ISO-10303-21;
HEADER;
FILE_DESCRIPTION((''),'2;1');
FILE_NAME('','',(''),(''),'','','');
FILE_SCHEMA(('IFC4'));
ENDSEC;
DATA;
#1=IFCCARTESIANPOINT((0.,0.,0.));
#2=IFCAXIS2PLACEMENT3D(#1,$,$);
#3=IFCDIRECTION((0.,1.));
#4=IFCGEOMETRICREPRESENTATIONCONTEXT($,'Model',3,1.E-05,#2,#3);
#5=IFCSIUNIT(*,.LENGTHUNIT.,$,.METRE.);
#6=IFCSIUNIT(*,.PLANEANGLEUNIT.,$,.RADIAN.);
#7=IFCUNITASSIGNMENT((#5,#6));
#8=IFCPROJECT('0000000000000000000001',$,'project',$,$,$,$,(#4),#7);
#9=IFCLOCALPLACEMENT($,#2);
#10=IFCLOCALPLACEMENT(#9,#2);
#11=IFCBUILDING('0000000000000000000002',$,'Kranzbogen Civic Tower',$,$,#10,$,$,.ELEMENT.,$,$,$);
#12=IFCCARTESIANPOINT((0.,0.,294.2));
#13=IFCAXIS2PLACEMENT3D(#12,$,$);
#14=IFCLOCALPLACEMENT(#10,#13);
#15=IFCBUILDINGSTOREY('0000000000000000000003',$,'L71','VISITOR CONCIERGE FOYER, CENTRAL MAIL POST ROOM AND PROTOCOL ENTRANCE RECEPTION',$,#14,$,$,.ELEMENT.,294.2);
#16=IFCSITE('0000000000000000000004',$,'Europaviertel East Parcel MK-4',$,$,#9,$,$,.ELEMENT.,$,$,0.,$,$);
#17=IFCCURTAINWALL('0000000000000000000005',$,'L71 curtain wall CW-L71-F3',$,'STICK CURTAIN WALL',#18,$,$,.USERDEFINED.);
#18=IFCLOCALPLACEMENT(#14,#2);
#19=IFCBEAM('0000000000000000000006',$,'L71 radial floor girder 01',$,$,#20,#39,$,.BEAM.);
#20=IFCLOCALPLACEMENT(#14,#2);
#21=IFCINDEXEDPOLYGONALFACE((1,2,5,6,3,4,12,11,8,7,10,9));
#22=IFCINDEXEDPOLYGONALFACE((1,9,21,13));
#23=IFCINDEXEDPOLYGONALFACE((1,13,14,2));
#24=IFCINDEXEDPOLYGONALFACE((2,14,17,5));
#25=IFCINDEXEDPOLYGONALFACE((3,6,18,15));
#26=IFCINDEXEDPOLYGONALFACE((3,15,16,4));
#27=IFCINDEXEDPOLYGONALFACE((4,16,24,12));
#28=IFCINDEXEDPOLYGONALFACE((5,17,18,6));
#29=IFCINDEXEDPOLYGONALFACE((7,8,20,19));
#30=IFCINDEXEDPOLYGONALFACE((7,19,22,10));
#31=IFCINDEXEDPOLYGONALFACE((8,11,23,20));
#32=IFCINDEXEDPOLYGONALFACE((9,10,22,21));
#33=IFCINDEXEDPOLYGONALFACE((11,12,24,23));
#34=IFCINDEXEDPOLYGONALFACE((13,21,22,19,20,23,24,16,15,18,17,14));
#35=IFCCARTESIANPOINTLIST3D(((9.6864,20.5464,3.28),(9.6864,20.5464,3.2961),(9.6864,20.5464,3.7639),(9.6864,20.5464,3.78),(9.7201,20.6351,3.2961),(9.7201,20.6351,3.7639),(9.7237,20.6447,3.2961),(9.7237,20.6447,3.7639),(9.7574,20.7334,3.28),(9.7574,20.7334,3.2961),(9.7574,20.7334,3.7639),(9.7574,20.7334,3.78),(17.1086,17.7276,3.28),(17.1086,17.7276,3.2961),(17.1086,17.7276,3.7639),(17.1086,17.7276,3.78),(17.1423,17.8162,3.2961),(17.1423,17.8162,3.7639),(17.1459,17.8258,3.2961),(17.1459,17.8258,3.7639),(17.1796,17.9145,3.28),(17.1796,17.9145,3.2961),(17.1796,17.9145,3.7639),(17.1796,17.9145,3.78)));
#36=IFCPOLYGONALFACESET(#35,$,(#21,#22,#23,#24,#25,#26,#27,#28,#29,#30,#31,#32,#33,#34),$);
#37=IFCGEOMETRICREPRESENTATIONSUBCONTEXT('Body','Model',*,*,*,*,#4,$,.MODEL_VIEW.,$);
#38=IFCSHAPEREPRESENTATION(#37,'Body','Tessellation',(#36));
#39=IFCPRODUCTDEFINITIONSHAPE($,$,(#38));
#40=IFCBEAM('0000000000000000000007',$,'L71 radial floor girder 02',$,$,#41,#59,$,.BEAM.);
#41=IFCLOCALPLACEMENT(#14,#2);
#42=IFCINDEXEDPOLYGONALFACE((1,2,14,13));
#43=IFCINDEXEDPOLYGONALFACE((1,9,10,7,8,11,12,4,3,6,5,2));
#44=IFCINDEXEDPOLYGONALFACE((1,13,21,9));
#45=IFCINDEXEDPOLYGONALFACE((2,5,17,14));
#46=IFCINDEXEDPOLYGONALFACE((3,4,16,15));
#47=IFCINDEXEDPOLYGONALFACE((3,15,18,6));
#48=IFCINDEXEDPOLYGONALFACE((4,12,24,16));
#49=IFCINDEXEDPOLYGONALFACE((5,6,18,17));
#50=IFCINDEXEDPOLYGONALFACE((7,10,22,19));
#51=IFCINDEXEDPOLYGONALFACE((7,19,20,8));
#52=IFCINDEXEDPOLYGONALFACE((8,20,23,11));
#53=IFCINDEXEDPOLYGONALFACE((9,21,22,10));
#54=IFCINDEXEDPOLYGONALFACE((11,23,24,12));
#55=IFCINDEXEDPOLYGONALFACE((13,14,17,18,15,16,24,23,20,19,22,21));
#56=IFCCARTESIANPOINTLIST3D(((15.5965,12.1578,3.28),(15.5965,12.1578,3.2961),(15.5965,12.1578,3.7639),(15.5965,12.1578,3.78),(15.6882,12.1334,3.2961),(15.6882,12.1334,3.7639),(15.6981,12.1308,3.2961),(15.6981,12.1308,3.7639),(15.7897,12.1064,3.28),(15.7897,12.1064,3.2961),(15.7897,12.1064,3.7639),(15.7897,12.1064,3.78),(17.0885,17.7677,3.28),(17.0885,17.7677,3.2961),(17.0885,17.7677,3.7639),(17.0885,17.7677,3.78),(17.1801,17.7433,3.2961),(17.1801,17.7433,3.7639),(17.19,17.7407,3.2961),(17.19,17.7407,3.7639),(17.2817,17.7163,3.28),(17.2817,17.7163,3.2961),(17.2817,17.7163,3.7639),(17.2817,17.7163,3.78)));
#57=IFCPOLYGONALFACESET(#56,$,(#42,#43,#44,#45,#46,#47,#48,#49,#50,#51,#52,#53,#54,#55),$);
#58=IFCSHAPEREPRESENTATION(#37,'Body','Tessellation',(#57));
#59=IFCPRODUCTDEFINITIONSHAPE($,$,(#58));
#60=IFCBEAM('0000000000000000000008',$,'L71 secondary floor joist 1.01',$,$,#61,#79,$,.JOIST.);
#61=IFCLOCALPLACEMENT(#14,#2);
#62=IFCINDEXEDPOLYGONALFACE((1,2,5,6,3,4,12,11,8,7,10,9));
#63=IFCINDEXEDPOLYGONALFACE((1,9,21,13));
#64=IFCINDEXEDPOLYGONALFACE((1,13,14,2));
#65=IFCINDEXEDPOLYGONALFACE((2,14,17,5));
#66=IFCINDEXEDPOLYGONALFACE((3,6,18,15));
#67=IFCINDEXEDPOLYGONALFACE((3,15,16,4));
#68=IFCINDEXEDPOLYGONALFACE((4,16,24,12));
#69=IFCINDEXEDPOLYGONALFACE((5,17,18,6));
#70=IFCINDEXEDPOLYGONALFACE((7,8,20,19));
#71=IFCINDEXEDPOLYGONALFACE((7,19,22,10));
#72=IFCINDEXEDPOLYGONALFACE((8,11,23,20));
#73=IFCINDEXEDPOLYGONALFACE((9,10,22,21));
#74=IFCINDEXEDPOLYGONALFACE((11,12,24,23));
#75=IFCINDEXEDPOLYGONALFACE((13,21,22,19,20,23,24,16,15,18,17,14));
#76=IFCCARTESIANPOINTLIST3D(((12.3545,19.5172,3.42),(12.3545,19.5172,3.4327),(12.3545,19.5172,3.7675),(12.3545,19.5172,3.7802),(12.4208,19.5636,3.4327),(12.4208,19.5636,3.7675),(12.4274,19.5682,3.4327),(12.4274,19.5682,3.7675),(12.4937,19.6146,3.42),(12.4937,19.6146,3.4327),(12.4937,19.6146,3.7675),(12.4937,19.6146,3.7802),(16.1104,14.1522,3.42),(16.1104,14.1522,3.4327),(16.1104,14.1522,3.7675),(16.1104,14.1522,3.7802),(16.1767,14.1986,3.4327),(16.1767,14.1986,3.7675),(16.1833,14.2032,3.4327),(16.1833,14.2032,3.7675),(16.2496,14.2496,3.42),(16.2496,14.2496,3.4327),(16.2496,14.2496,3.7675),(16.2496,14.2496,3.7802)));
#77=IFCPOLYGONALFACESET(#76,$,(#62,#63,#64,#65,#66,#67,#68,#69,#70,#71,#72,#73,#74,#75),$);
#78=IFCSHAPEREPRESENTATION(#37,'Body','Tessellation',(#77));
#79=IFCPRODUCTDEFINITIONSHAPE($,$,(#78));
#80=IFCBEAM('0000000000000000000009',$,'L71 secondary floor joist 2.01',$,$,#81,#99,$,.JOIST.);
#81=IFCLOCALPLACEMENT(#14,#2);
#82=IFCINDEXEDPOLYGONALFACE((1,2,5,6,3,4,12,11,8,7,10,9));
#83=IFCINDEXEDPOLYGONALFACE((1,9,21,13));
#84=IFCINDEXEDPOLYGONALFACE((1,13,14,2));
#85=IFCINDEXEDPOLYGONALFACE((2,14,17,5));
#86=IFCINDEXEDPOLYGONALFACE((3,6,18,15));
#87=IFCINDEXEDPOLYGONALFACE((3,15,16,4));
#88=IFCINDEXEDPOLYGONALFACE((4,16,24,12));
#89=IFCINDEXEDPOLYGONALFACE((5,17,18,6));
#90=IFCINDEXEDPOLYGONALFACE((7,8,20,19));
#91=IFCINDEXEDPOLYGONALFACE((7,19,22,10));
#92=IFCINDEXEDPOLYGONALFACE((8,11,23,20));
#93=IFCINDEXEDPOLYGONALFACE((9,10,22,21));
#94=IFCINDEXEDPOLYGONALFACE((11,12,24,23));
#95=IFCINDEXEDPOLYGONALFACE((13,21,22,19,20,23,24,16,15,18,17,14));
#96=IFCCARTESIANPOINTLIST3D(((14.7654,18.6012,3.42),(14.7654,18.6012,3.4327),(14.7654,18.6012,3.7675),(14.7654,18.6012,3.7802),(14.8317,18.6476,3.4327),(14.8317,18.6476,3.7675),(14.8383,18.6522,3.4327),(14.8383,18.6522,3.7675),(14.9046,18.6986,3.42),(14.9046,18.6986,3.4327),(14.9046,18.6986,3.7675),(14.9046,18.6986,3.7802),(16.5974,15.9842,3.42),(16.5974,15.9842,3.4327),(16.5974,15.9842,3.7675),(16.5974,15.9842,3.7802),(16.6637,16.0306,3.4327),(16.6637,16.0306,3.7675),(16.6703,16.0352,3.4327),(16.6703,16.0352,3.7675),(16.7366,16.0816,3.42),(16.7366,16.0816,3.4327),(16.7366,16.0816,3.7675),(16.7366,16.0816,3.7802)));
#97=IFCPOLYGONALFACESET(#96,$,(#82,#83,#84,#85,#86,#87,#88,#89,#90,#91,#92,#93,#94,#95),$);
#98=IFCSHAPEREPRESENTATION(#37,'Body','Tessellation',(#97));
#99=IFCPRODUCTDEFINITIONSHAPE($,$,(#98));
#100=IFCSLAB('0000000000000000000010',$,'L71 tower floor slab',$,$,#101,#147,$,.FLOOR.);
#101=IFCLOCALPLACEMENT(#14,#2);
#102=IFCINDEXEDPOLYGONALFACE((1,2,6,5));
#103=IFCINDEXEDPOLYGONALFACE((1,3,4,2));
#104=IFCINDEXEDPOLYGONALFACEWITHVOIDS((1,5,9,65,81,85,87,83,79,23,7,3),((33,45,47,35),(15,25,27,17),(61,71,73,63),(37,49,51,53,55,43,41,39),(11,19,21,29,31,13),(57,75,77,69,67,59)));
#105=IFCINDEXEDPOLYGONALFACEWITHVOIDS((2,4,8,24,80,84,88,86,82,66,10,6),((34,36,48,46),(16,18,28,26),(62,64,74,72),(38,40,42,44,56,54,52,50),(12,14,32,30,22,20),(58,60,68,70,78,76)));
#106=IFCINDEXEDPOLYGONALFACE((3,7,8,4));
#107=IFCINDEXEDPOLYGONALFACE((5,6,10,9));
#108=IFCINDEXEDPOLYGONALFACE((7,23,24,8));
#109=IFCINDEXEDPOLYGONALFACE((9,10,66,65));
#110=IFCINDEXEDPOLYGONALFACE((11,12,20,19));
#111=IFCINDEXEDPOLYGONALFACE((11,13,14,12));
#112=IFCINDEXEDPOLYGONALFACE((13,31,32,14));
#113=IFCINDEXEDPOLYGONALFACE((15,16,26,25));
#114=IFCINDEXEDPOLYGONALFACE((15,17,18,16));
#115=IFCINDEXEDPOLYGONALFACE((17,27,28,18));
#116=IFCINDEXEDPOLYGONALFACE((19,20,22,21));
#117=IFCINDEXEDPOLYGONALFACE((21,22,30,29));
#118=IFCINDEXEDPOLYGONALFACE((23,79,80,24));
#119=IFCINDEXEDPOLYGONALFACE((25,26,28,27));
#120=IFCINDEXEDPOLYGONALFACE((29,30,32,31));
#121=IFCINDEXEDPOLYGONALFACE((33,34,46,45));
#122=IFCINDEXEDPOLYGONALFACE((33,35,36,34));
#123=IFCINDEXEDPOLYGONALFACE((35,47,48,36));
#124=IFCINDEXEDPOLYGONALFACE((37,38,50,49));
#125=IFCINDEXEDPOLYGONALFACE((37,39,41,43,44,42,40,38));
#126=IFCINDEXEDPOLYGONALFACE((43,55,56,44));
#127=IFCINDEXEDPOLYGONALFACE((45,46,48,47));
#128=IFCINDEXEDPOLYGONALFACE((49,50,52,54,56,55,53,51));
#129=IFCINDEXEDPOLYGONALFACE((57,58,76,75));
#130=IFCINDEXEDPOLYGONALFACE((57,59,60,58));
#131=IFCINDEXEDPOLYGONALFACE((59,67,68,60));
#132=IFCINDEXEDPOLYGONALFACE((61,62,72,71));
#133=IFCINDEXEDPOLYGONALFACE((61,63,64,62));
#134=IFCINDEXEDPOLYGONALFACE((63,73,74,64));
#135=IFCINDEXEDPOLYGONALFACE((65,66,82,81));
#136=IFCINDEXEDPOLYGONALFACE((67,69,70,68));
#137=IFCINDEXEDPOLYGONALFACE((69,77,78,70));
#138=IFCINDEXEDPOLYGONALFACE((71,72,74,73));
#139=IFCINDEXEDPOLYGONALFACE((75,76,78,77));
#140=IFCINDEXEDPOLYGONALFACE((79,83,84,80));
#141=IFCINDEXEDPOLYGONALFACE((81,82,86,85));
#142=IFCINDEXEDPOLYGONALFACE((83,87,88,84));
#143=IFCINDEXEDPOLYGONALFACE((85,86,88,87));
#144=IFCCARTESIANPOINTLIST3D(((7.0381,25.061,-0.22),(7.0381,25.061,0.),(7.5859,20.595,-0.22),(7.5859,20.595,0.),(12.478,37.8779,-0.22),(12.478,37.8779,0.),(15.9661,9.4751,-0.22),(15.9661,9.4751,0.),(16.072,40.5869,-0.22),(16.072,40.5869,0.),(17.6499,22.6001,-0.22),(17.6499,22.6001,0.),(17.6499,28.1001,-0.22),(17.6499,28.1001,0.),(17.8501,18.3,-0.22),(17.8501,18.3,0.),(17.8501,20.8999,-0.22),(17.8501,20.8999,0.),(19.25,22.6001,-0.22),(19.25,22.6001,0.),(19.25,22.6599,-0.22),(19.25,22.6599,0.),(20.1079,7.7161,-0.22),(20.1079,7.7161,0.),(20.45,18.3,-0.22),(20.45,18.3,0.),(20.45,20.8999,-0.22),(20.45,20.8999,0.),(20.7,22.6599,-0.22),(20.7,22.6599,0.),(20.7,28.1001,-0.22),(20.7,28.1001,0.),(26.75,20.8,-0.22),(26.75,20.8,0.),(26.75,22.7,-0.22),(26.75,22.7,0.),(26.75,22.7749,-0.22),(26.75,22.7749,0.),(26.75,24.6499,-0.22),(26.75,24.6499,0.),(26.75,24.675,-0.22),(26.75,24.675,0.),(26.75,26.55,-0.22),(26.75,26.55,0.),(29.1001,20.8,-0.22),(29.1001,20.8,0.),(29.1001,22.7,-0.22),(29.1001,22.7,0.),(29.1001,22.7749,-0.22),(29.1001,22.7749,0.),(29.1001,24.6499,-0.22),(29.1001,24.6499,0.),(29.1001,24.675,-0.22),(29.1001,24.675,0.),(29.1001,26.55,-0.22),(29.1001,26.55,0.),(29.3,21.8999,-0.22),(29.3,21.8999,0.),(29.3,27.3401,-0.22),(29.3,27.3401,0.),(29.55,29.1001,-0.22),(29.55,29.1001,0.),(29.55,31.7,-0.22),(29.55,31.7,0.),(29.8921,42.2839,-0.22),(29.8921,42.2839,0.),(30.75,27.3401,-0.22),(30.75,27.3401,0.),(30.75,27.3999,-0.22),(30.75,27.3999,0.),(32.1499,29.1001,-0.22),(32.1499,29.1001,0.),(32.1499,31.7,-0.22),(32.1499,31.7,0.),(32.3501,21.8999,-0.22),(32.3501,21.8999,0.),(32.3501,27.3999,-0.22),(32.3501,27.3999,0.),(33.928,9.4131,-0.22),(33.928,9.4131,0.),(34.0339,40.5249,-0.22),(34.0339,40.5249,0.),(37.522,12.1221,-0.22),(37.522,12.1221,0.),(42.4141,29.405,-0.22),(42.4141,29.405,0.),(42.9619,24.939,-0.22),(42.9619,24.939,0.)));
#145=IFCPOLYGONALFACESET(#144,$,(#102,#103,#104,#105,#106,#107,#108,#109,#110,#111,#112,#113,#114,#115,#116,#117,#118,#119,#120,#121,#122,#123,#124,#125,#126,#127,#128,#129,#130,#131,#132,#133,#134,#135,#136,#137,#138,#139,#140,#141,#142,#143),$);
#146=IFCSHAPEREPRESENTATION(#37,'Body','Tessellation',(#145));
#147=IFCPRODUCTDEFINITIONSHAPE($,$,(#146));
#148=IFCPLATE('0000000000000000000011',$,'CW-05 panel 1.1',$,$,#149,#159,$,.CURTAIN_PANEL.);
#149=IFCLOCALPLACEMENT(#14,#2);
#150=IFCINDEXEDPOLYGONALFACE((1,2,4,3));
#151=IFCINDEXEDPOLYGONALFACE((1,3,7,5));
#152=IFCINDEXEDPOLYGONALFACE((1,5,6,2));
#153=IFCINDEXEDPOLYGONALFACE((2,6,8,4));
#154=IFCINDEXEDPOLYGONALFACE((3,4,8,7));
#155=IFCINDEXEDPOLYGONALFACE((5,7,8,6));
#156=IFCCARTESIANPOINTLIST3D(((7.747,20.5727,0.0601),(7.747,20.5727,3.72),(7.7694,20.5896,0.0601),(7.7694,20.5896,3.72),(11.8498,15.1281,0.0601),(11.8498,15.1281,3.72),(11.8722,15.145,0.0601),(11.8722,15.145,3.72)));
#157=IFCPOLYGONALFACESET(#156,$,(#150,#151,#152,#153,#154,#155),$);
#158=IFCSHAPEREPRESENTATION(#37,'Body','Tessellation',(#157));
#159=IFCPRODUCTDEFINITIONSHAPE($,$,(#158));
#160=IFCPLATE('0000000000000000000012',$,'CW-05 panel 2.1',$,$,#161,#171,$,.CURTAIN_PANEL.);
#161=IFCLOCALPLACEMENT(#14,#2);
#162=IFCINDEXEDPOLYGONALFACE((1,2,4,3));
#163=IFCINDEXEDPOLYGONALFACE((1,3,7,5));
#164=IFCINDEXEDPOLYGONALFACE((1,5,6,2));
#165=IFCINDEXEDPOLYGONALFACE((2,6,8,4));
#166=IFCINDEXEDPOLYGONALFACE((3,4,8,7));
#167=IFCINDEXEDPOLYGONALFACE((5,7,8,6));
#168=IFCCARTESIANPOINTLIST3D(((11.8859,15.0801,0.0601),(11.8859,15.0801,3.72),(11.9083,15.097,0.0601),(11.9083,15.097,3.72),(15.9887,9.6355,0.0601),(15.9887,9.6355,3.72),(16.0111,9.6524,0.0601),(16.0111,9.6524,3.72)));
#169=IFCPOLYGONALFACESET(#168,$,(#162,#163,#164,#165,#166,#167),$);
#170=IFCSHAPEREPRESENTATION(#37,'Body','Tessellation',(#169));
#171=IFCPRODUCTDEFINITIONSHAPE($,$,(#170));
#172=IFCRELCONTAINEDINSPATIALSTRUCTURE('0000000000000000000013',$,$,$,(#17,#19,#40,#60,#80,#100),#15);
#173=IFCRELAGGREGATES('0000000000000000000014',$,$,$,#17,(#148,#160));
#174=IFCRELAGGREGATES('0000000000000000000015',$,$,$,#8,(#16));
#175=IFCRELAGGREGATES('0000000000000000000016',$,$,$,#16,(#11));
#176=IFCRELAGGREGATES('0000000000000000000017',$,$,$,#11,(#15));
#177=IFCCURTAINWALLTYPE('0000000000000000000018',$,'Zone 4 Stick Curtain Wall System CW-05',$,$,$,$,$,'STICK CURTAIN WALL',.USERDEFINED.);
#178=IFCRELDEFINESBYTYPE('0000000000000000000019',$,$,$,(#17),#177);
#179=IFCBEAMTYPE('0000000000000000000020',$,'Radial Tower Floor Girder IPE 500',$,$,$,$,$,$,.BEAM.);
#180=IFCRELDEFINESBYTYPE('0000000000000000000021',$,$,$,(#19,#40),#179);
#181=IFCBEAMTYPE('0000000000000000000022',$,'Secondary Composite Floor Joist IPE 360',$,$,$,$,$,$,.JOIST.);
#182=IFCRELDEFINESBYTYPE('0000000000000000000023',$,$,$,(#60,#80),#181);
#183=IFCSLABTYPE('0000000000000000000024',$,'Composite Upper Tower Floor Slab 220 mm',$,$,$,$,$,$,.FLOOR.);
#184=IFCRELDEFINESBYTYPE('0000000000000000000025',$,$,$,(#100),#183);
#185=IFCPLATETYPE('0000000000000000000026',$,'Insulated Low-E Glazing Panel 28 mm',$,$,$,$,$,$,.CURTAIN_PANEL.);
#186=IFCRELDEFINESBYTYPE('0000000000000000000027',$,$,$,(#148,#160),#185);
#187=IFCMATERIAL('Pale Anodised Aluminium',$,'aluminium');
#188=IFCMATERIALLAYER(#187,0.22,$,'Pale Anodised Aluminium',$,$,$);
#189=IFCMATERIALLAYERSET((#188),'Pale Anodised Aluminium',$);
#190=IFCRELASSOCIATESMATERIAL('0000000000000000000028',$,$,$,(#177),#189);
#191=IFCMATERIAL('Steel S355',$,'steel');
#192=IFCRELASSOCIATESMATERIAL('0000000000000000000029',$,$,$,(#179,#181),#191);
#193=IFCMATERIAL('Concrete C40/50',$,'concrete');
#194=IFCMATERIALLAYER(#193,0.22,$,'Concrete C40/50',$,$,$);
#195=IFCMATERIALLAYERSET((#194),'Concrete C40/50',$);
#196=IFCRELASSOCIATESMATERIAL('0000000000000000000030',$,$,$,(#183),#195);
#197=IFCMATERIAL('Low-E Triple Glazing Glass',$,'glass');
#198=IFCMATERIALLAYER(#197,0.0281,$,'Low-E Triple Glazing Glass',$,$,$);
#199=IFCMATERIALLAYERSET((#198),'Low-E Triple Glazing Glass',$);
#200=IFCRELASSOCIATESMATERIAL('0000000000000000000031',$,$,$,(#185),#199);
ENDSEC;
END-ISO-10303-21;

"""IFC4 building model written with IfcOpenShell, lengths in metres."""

from ifc_helpers import new_model, si_unit, direction, frame, origin, origin_2d, place, context, subcontext, project, spatial, polyline, rectangle, i_section, outline, extrude, material, layer, layer_set, material_profile, profile_set, type_object, element, aggregate, save


model = new_model("IFC4")

# Units and contexts
model_context = context("Model", 3, precision=1e-05, world=origin(), true_north=direction((0.0, 1.0)))
body_context = subcontext(model_context, "Body", "Model", "MODEL_VIEW")
ifc_project = project(units=[si_unit("LENGTHUNIT", "METRE"), si_unit("PLANEANGLEUNIT", "RADIAN")], contexts=[model_context])

# Site, building, storey
site_placement = place(None, origin())
site = spatial("IfcSite", under=ifc_project, at=site_placement, Name="Europaviertel East Parcel MK-4", CompositionType="ELEMENT", RefElevation=0.0)
building_placement = place(site_placement, origin())
building = spatial("IfcBuilding", under=site, at=building_placement, Name="Kranzbogen Civic Tower", CompositionType="ELEMENT")
storey_placement = place(building_placement, frame((0.0, 0.0, 294.2)))
storey = spatial("IfcBuildingStorey", under=building, at=storey_placement, Name="L71", Description="VISITOR CONCIERGE FOYER, CENTRAL MAIL POST ROOM AND PROTOCOL ENTRANCE RECEPTION", CompositionType="ELEMENT", Elevation=294.2)

# Shared definitions
ifc_material_1 = material(Name="Steel S355", Category="steel")

# Curtain wall
ifc_material_2 = material(Name="Pale Anodised Aluminium", Category="aluminium")
ifc_layer_1 = layer(ifc_material_2, 0.22, Name="Pale Anodised Aluminium")
ifc_layer_set_1 = layer_set([ifc_layer_1], Name="Pale Anodised Aluminium")
curtain_wall_type = type_object("IfcCurtainWallType", Name="Zone 4 Stick Curtain Wall System CW-05", ElementType="STICK CURTAIN WALL", PredefinedType="USERDEFINED", material=ifc_layer_set_1)
curtain_wall_placement = place(storey_placement, origin())
curtain_wall = element("IfcCurtainWall", 1, at=curtain_wall_placement, inside=storey, type_object=curtain_wall_type, Name="L71 curtain wall CW-L71-F3", ObjectType="STICK CURTAIN WALL", PredefinedType="USERDEFINED")

# Beams
ifc_material_profile_1 = material_profile(ifc_material_1, i_section(OverallWidth=0.2, OverallDepth=0.5, WebThickness=0.0103, FlangeThickness=0.0161, at=origin_2d()), Name="IPE 500")
ifc_profile_set_1 = profile_set([ifc_material_profile_1], Name="Steel S355")
beam_type_1 = type_object("IfcBeamType", Name="Radial Tower Floor Girder IPE 500", PredefinedType="BEAM", material=ifc_profile_set_1)
beam_1_placement = place(storey_placement, frame((9.7219, 20.6399, 3.53), z_axis=(0.934849, -0.355046, 0.0), x_axis=(0.355046, 0.934849, 0.0)))
element("IfcBeam", 2, at=beam_1_placement, inside=storey, type_object=beam_type_1, Name="L71 radial floor girder 01", PredefinedType="BEAM", context=body_context, shape_type="SweptSolid", body=[
    extrude(i_section(OverallWidth=0.2, OverallDepth=0.5, WebThickness=0.0103, FlangeThickness=0.0161, at=origin_2d()), origin(), (0.0, 0.0, 1.0), 7.9395),
])
beam_2_placement = place(storey_placement, frame((15.6931, 12.1321, 3.53), z_axis=(0.257016, 0.966407, 0.0), x_axis=(-0.966407, 0.257016, 0.0)))
element("IfcBeam", 3, at=beam_2_placement, inside=storey, type_object=beam_type_1, Name="L71 radial floor girder 02", PredefinedType="BEAM", context=body_context, shape_type="SweptSolid", body=[
    extrude(i_section(OverallWidth=0.2, OverallDepth=0.5, WebThickness=0.0103, FlangeThickness=0.0161, at=origin_2d()), origin(), (0.0, 0.0, 1.0), 5.8049),
])
ifc_material_profile_2 = material_profile(ifc_material_1, i_section(OverallWidth=0.1699, OverallDepth=0.3601, WebThickness=0.0081, FlangeThickness=0.0127, at=origin_2d()), Name="IPE 360")
ifc_profile_set_2 = profile_set([ifc_material_profile_2], Name="Steel S355")
beam_type_2 = type_object("IfcBeamType", Name="Secondary Composite Floor Joist IPE 360", PredefinedType="JOIST", material=ifc_profile_set_2)
beam_3_placement = place(storey_placement, frame((12.4241, 19.5659, 3.6001), z_axis=(0.5735, -0.819206, 0.0), x_axis=(0.819206, 0.5735, 0.0)))
element("IfcBeam", 4, at=beam_3_placement, inside=storey, type_object=beam_type_2, Name="L71 secondary floor joist 1.01", PredefinedType="JOIST", context=body_context, shape_type="SweptSolid", body=[
    extrude(i_section(OverallWidth=0.1699, OverallDepth=0.3601, WebThickness=0.0081, FlangeThickness=0.0127, at=origin_2d()), origin(), (0.0, 0.0, 1.0), 6.5491),
])
beam_4_placement = place(storey_placement, frame((14.835, 18.6499, 3.6001), z_axis=(0.573498, -0.819207, 0.0), x_axis=(0.819207, 0.573498, 0.0)))
element("IfcBeam", 5, at=beam_4_placement, inside=storey, type_object=beam_type_2, Name="L71 secondary floor joist 2.01", PredefinedType="JOIST", context=body_context, shape_type="SweptSolid", body=[
    extrude(i_section(OverallWidth=0.1699, OverallDepth=0.3601, WebThickness=0.0081, FlangeThickness=0.0127, at=origin_2d()), origin(), (0.0, 0.0, 1.0), 3.1946),
])

# Slab
ifc_material_3 = material(Name="Concrete C40/50", Category="concrete")
ifc_layer_2 = layer(ifc_material_3, 0.22, Name="Concrete C40/50")
ifc_layer_set_2 = layer_set([ifc_layer_2], Name="Concrete C40/50")
slab_type_1 = type_object("IfcSlabType", Name="Composite Upper Tower Floor Slab 220 mm", PredefinedType="FLOOR", material=ifc_layer_set_2)
slab_1_placement = place(storey_placement, frame((0.0, 0.0, -0.22)))
element("IfcSlab", 6, at=slab_1_placement, inside=storey, type_object=slab_type_1, Name="L71 tower floor slab", PredefinedType="FLOOR", context=body_context, shape_type="SweptSolid", body=[
    extrude(outline(polyline([(29.8921, 42.2839), (16.072, 40.5869), (12.478, 37.8779), (7.0381, 25.061), (7.5859, 20.595), (15.9661, 9.4751), (20.1079, 7.7161), (33.928, 9.4131), (37.522, 12.1221), (42.9619, 24.939), (42.4141, 29.405), (34.0339, 40.5249), (29.8921, 42.2839)]), holes=[polyline([(17.8501, 20.8999), (20.45, 20.8999), (20.45, 18.3), (17.8501, 18.3), (17.8501, 20.8999)]), polyline([(29.1001, 22.7), (29.1001, 20.8), (26.75, 20.8), (26.75, 22.7), (29.1001, 22.7)]), polyline([(29.1001, 24.6499), (29.1001, 22.7749), (26.75, 22.7749), (26.75, 24.6499), (26.75, 24.675), (26.75, 26.55), (29.1001, 26.55), (29.1001, 24.675), (29.1001, 24.6499)]), polyline([(29.3, 27.3401), (30.75, 27.3401), (30.75, 27.3999), (32.3501, 27.3999), (32.3501, 21.8999), (29.3, 21.8999), (29.3, 27.3401)]), polyline([(20.7, 22.6599), (19.25, 22.6599), (19.25, 22.6001), (17.6499, 22.6001), (17.6499, 28.1001), (20.7, 28.1001), (20.7, 22.6599)]), polyline([(32.1499, 31.7), (32.1499, 29.1001), (29.55, 29.1001), (29.55, 31.7), (32.1499, 31.7)])]), origin(), (0.0, 0.0, 1.0), 0.22),
])

# Plates
ifc_material_4 = material(Name="Low-E Triple Glazing Glass", Category="glass")
ifc_layer_3 = layer(ifc_material_4, 0.0281, Name="Low-E Triple Glazing Glass")
ifc_layer_set_3 = layer_set([ifc_layer_3], Name="Low-E Triple Glazing Glass")
plate_type = type_object("IfcPlateType", Name="Insulated Low-E Glazing Panel 28 mm", PredefinedType="CURTAIN_PANEL", material=ifc_layer_set_3)
plate_1_placement = place(storey_placement, frame((9.8096, 17.8589, 0.0601), z_axis=(0.0, 0.0, 1.0), x_axis=(0.601817, -0.798634, 0.0)))
plate_1 = element("IfcPlate", 7, at=plate_1_placement, type_object=plate_type, Name="CW-05 panel 1.1", PredefinedType="CURTAIN_PANEL", context=body_context, shape_type="SweptSolid", body=[
    extrude(rectangle(XDim=6.8174, YDim=0.0281, at=origin_2d()), origin(), (0.0, 0.0, 1.0), 3.6599),
])
plate_2_placement = place(storey_placement, frame((13.9485, 12.3662, 0.0601), z_axis=(0.0, 0.0, 1.0), x_axis=(0.601817, -0.798634, 0.0)))
plate_2 = element("IfcPlate", 8, at=plate_2_placement, type_object=plate_type, Name="CW-05 panel 2.1", PredefinedType="CURTAIN_PANEL", context=body_context, shape_type="SweptSolid", body=[
    extrude(rectangle(XDim=6.8174, YDim=0.0281, at=origin_2d()), origin(), (0.0, 0.0, 1.0), 3.6599),
])
aggregate(curtain_wall, [plate_1, plate_2])

save(model, "model.ifc")
